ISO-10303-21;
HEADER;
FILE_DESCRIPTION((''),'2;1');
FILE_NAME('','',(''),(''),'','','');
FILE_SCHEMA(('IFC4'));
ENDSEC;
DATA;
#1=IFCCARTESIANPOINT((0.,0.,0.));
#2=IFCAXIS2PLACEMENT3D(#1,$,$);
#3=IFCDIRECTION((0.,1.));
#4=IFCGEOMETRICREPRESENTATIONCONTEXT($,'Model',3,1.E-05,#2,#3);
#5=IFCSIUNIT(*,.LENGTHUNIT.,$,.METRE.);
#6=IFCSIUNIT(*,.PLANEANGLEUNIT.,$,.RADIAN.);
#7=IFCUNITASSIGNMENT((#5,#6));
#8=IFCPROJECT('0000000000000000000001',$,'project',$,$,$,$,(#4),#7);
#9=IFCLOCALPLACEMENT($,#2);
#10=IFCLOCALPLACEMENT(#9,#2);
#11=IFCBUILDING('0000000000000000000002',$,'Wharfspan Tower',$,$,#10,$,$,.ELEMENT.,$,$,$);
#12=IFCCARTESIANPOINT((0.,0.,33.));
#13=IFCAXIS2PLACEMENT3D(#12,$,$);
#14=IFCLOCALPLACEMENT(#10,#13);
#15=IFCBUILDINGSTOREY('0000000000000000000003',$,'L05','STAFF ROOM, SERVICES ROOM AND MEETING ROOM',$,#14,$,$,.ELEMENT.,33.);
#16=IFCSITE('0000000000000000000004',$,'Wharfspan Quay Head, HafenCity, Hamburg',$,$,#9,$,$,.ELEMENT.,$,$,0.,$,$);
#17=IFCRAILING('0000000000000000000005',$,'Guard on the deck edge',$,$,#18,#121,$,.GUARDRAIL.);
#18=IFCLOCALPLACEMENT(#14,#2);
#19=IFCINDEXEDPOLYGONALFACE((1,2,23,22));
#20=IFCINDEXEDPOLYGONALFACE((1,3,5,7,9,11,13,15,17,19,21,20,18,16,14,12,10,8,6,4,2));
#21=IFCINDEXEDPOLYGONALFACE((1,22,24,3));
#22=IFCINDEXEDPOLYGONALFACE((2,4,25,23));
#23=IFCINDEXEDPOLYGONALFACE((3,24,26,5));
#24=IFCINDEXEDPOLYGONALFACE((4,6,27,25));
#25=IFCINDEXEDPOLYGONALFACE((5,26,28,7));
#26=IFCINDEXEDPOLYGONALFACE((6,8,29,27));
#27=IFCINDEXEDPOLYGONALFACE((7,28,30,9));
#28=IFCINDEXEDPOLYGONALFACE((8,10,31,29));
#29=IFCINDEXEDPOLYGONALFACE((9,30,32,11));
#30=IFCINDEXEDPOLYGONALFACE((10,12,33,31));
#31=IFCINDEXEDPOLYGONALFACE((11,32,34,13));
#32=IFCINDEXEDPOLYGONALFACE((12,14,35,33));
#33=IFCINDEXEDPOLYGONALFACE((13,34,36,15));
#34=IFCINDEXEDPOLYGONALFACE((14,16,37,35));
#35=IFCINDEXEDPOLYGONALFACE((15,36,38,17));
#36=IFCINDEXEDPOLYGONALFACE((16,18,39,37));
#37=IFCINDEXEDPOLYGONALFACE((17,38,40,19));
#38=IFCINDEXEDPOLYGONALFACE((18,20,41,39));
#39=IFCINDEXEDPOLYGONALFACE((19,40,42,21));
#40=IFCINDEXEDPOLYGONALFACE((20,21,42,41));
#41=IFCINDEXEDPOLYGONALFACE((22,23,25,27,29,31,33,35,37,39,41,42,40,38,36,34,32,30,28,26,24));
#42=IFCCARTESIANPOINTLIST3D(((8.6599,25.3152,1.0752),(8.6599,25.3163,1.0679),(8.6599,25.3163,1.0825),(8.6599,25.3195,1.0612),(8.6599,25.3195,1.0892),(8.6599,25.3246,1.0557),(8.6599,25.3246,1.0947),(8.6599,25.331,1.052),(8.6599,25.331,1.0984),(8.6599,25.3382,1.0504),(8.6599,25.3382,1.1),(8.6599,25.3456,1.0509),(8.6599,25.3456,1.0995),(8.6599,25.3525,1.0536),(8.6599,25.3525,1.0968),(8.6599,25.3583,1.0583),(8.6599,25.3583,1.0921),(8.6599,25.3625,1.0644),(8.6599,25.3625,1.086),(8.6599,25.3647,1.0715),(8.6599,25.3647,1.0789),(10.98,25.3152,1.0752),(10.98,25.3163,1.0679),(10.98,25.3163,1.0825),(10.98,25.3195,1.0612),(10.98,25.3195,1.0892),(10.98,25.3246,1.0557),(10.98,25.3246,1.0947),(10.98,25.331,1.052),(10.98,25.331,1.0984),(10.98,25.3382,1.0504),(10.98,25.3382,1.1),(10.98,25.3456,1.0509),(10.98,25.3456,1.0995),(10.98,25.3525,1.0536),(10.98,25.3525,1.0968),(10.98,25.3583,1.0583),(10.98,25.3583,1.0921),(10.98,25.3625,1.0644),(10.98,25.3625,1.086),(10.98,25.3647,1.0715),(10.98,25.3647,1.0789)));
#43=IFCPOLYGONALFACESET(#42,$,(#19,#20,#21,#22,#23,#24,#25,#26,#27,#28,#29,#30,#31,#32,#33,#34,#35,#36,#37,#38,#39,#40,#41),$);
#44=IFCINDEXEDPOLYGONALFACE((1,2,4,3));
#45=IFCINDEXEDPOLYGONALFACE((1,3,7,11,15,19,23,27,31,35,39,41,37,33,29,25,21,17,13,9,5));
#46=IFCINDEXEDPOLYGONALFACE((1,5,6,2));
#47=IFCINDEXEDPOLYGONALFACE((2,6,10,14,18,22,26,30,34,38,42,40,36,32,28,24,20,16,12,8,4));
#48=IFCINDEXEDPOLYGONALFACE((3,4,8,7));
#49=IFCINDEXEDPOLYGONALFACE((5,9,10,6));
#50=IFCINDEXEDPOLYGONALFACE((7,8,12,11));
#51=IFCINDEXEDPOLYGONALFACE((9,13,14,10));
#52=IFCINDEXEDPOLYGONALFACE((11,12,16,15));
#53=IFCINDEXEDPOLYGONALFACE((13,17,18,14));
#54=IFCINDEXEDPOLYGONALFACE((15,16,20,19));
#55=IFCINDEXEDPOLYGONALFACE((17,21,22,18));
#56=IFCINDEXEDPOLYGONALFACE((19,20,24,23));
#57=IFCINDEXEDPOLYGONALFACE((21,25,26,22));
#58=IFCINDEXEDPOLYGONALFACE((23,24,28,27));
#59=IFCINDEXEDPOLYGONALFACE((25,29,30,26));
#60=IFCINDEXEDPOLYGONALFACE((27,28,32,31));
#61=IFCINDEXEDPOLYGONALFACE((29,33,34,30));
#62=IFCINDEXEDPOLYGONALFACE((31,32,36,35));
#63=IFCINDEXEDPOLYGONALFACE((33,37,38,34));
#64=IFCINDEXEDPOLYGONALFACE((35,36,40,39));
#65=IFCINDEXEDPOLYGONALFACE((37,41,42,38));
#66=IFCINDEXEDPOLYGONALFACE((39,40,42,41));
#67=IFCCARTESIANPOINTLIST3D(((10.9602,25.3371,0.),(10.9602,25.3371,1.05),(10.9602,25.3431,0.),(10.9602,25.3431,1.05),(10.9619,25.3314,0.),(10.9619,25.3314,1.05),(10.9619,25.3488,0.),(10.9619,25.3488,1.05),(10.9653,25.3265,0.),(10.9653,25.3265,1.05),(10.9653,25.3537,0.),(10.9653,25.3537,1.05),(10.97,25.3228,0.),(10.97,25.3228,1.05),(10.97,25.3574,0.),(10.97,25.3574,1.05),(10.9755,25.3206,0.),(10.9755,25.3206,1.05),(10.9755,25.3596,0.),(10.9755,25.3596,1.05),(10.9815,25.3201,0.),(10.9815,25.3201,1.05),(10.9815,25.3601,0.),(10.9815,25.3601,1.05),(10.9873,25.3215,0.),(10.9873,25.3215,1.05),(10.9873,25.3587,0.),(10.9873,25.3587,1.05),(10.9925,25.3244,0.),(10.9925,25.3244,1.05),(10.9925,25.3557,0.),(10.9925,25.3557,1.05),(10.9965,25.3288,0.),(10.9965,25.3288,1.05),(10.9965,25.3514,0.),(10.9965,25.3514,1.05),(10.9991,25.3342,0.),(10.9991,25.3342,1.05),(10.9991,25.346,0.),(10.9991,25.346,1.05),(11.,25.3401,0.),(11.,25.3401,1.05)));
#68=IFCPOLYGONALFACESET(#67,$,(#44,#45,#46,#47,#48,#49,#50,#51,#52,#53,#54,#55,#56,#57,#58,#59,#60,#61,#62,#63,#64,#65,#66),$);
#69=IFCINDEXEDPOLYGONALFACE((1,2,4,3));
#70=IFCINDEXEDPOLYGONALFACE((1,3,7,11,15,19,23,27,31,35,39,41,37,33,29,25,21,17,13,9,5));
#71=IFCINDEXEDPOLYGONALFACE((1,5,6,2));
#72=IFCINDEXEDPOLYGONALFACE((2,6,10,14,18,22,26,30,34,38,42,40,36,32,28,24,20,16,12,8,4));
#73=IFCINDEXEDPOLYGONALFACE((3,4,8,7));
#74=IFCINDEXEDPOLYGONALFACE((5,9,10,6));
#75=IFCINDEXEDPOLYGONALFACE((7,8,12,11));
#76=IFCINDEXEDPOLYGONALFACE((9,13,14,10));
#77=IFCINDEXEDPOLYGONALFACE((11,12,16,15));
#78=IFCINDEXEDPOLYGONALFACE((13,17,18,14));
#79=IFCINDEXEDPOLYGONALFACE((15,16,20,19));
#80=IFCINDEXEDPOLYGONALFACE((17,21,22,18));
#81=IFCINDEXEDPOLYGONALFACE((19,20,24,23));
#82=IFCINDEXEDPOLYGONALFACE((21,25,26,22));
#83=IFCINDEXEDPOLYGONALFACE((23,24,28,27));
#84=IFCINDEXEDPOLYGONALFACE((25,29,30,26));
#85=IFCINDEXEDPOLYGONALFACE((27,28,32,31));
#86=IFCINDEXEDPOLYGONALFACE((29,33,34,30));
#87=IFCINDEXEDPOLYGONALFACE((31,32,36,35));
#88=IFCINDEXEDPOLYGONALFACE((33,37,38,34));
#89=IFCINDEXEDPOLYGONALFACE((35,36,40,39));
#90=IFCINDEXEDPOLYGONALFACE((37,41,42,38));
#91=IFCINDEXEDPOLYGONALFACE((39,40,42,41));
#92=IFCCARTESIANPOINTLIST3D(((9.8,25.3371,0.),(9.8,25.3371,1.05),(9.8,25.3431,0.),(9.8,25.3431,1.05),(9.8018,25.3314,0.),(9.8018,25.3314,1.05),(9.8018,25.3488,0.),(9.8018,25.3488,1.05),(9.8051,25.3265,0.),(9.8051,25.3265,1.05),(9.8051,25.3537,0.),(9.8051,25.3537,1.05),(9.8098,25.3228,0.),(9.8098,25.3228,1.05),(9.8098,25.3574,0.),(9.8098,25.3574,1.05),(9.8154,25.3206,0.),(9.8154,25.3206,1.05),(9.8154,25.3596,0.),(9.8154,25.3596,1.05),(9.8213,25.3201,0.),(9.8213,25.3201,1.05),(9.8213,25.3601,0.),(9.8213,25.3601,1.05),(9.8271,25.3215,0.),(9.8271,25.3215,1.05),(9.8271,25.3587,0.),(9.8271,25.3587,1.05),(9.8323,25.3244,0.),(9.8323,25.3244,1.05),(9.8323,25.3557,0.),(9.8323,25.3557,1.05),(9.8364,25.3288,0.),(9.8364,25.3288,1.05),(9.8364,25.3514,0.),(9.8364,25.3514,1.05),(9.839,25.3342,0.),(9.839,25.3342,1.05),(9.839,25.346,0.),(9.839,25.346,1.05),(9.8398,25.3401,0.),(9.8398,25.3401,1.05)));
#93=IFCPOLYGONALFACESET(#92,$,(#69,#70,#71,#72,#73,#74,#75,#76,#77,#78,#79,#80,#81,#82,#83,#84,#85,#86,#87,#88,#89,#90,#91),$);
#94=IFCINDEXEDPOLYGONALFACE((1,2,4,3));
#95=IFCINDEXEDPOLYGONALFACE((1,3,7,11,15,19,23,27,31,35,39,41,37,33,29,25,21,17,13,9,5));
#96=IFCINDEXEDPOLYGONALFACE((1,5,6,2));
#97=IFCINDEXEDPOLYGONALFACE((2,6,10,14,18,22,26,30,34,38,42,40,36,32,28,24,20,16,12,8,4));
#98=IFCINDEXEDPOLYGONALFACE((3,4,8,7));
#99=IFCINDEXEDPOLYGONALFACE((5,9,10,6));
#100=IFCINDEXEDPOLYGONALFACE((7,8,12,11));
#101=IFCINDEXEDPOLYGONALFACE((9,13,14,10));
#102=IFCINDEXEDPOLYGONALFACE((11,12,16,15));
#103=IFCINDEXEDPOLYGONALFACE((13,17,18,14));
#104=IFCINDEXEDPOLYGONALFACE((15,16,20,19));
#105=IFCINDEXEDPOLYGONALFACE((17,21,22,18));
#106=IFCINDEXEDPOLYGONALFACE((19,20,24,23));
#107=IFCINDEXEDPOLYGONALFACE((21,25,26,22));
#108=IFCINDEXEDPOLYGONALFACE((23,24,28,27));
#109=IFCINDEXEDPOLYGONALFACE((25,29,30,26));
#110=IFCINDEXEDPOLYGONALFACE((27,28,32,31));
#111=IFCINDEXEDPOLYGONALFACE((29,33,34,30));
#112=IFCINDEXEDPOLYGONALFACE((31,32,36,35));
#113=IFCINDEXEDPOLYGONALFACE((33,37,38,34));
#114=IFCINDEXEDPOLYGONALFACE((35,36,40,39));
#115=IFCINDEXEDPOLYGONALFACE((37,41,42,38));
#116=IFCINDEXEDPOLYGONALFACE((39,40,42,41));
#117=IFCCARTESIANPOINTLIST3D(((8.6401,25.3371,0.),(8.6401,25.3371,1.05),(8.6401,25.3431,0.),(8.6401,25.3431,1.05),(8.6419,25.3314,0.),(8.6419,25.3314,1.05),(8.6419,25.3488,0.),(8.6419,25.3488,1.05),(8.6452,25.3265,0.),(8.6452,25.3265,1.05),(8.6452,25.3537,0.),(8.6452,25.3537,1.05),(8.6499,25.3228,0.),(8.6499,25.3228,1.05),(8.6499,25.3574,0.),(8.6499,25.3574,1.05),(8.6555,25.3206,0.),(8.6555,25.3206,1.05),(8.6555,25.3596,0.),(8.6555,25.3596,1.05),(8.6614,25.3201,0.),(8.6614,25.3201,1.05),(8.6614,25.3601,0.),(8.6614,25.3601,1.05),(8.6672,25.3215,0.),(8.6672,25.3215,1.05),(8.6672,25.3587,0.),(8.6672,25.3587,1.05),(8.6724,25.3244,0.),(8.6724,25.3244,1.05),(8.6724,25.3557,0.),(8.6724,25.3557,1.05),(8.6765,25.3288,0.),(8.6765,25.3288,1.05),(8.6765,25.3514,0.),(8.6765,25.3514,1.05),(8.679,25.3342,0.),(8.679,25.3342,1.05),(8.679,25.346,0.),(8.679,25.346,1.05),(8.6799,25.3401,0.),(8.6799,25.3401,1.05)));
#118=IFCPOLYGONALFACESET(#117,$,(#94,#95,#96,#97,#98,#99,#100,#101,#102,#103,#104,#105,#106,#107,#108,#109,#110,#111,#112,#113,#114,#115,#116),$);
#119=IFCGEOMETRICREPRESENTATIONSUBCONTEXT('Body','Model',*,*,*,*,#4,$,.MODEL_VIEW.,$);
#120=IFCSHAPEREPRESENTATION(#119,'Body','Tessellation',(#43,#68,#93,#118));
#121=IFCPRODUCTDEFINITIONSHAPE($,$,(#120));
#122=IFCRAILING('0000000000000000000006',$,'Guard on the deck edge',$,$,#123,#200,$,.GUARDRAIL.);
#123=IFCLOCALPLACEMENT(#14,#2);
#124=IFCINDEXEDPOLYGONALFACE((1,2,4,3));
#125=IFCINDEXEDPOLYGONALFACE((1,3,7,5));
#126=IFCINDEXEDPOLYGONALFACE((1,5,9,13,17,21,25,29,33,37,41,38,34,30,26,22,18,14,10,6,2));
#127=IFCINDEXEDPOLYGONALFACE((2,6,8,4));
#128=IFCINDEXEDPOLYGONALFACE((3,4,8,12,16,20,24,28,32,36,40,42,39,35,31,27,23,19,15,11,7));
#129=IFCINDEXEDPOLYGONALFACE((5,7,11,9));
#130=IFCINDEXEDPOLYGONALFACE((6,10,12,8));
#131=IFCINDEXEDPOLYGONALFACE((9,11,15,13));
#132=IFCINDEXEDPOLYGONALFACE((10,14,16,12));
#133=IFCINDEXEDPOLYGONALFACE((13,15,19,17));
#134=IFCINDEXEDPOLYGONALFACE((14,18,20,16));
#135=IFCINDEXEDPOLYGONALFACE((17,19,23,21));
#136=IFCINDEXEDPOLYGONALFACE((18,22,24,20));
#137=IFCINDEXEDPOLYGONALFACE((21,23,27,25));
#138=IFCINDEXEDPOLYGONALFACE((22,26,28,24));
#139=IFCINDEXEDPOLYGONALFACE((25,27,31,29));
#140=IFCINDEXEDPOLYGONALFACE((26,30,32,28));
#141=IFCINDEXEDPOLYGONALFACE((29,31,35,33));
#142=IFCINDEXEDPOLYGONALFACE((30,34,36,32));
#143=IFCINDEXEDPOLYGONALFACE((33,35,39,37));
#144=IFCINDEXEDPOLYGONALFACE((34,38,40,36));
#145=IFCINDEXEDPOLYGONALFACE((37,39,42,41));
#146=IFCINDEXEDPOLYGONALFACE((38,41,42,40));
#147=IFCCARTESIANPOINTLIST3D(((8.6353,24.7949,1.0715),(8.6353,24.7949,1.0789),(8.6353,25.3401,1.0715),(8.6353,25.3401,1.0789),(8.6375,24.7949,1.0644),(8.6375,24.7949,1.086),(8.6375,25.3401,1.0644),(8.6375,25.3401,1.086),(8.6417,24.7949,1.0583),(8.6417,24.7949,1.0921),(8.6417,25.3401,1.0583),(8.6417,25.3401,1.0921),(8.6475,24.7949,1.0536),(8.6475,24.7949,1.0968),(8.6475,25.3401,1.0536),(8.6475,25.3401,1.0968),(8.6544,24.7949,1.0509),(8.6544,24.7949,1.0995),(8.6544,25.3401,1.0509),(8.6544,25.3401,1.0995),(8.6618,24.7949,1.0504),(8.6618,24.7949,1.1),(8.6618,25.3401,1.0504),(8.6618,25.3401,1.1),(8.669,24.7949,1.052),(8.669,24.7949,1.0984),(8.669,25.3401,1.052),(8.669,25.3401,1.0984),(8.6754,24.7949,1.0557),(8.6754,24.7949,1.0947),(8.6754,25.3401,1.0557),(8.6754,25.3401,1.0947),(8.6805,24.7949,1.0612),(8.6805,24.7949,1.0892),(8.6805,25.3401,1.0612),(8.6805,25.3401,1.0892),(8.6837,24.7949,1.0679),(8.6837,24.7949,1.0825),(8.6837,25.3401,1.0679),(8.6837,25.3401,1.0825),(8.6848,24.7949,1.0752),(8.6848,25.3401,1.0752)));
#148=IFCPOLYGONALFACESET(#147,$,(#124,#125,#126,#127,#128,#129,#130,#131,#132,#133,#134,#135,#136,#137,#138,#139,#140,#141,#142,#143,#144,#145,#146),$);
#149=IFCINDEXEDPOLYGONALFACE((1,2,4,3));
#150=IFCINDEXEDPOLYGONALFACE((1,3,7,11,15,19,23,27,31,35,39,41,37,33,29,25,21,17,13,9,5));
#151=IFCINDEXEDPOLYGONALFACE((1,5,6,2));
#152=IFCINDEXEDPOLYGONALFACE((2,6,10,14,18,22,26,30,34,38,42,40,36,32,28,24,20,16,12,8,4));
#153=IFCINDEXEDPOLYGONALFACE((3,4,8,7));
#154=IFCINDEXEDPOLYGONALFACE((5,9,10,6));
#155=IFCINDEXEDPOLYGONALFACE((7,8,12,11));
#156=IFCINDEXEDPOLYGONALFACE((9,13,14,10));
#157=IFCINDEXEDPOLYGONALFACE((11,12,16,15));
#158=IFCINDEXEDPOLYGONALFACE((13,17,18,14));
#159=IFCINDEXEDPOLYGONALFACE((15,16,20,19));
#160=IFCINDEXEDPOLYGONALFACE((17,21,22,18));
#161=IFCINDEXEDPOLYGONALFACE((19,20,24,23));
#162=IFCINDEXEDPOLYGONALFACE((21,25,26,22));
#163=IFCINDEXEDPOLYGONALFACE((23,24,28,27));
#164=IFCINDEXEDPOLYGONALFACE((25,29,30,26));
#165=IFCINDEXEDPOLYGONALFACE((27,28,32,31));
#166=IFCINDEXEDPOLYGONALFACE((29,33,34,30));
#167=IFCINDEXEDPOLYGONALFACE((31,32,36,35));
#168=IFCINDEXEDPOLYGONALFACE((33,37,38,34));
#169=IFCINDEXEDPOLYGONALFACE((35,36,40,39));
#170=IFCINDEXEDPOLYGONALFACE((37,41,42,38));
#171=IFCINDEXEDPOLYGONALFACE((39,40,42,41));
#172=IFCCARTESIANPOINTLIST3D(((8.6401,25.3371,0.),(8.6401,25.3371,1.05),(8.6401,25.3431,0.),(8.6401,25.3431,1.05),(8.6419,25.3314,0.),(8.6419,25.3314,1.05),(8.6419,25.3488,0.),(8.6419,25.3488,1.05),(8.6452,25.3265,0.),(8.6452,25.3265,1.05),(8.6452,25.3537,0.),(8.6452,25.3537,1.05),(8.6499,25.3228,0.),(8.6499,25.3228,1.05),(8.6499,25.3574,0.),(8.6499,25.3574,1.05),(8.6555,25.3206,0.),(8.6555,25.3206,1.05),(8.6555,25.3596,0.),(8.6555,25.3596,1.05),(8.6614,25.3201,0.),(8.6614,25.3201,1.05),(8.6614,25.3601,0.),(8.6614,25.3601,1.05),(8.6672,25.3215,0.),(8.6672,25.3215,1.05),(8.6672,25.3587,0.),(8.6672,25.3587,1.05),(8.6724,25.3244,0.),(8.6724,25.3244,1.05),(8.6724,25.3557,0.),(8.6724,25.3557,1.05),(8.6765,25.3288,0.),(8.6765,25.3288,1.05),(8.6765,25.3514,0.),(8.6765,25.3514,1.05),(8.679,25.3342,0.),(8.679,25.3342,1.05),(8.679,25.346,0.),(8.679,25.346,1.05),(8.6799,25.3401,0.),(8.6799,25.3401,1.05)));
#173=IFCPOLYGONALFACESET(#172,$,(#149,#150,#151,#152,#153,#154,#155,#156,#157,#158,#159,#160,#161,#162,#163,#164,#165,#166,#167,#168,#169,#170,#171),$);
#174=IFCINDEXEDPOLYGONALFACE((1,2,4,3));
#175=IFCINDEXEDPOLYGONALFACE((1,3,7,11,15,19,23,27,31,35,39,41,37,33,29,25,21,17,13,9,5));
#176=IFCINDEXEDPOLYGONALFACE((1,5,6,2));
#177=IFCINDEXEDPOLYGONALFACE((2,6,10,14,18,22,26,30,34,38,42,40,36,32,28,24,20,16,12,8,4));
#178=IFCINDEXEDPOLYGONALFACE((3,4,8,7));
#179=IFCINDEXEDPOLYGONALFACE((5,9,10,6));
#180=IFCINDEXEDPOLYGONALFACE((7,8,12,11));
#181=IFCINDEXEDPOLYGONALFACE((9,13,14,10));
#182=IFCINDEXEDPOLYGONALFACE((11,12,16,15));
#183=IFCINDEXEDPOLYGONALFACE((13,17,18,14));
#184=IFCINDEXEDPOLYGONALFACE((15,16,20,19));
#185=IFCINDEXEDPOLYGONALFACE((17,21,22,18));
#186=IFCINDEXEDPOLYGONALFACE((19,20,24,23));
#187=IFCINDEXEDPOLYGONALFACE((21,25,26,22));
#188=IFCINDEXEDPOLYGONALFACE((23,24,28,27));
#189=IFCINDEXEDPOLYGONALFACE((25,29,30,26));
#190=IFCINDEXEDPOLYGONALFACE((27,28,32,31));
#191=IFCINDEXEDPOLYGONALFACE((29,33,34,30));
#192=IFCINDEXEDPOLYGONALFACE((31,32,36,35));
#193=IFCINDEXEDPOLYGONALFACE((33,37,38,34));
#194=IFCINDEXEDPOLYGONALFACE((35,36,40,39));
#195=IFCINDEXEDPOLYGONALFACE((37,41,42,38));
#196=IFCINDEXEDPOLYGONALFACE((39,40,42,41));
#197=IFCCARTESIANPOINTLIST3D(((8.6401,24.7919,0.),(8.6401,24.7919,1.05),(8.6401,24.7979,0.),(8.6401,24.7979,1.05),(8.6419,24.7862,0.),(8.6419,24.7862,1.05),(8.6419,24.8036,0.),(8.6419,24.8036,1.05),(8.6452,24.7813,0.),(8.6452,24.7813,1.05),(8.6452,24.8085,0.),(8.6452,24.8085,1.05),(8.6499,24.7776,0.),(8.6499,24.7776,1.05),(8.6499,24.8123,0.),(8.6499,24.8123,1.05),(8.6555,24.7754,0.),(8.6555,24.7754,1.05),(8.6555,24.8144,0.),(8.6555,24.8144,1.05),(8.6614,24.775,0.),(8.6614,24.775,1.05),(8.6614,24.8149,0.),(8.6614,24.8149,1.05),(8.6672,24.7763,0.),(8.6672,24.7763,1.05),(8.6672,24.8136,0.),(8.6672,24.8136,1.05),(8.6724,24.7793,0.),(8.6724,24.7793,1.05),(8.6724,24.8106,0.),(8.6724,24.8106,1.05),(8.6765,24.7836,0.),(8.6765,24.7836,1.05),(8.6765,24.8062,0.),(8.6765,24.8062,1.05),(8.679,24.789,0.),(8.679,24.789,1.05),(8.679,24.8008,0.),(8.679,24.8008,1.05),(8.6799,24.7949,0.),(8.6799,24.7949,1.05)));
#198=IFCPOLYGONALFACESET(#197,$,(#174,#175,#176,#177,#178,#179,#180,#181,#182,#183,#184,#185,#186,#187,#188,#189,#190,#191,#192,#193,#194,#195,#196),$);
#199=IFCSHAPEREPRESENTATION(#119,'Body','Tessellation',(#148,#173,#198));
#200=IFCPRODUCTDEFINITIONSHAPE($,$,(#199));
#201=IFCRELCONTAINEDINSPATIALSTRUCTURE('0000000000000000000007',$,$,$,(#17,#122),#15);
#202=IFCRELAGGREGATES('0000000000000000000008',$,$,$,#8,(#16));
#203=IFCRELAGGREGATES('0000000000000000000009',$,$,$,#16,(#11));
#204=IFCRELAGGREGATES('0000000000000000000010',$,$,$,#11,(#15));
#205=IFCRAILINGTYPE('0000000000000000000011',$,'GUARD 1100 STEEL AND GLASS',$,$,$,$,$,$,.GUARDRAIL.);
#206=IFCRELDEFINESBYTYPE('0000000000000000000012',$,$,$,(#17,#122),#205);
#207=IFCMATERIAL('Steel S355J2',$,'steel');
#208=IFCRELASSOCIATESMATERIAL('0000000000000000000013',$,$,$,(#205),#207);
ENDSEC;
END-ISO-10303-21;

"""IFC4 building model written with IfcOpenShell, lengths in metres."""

from ifc_helpers import new_model, si_unit, direction, frame, origin, origin_2d, place, context, subcontext, project, spatial, circle, extrude, material, type_object, element, save


model = new_model("IFC4")

# Units and contexts
model_context = context("Model", 3, precision=1e-05, world=origin(), true_north=direction((0.0, 1.0)))
body_context = subcontext(model_context, "Body", "Model", "MODEL_VIEW")
ifc_project = project(units=[si_unit("LENGTHUNIT", "METRE"), si_unit("PLANEANGLEUNIT", "RADIAN")], contexts=[model_context])

# Site, building, storey
site_placement = place(None, origin())
site = spatial("IfcSite", under=ifc_project, at=site_placement, Name="Wharfspan Quay Head, HafenCity, Hamburg", CompositionType="ELEMENT", RefElevation=0.0)
building_placement = place(site_placement, origin())
building = spatial("IfcBuilding", under=site, at=building_placement, Name="Wharfspan Tower", CompositionType="ELEMENT")
storey_placement = place(building_placement, frame((0.0, 0.0, 33.0)))
storey = spatial("IfcBuildingStorey", under=building, at=storey_placement, Name="L05", Description="STAFF ROOM, SERVICES ROOM AND MEETING ROOM", CompositionType="ELEMENT", Elevation=33.0)

# Railings
ifc_material_1 = material(Name="Steel S355J2", Category="steel")
railing_type = type_object("IfcRailingType", Name="GUARD 1100 STEEL AND GLASS", PredefinedType="GUARDRAIL", material=ifc_material_1)
railing_1_placement = place(storey_placement, frame((10.98, 25.3401, 0.0)))
element("IfcRailing", 1, at=railing_1_placement, inside=storey, type_object=railing_type, Name="Guard on the deck edge", PredefinedType="GUARDRAIL", context=body_context, shape_type="SweptSolid", body=[
    extrude(circle(Radius=0.0249, at=origin_2d()), frame((0.0, 0.0, 1.0752), z_axis=(-1.0, 0.0, 0.0), x_axis=(0.0, -1.0, 0.0)), (0.0, 0.0, 1.0), 2.3201),
    extrude(circle(Radius=0.02, at=origin_2d()), origin(), (0.0, 0.0, 1.0), 1.05),
    extrude(circle(Radius=0.02, at=origin_2d()), frame((-1.1602, 0.0, 0.0)), (0.0, 0.0, 1.0), 1.05),
    extrude(circle(Radius=0.02, at=origin_2d()), frame((-2.3201, 0.0, 0.0)), (0.0, 0.0, 1.0), 1.05),
])
railing_2_placement = place(storey_placement, frame((8.6599, 25.3401, 0.0)))
element("IfcRailing", 2, at=railing_2_placement, inside=storey, type_object=railing_type, Name="Guard on the deck edge", PredefinedType="GUARDRAIL", context=body_context, shape_type="SweptSolid", body=[
    extrude(circle(Radius=0.0249, at=origin_2d()), frame((0.0, 0.0, 1.0752), z_axis=(0.0, -1.0, 0.0), x_axis=(1.0, 0.0, 0.0)), (0.0, 0.0, 1.0), 0.5452),
    extrude(circle(Radius=0.02, at=origin_2d()), origin(), (0.0, 0.0, 1.0), 1.05),
    extrude(circle(Radius=0.02, at=origin_2d()), frame((0.0, -0.5452, 0.0)), (0.0, 0.0, 1.0), 1.05),
])

save(model, "model.ifc")
